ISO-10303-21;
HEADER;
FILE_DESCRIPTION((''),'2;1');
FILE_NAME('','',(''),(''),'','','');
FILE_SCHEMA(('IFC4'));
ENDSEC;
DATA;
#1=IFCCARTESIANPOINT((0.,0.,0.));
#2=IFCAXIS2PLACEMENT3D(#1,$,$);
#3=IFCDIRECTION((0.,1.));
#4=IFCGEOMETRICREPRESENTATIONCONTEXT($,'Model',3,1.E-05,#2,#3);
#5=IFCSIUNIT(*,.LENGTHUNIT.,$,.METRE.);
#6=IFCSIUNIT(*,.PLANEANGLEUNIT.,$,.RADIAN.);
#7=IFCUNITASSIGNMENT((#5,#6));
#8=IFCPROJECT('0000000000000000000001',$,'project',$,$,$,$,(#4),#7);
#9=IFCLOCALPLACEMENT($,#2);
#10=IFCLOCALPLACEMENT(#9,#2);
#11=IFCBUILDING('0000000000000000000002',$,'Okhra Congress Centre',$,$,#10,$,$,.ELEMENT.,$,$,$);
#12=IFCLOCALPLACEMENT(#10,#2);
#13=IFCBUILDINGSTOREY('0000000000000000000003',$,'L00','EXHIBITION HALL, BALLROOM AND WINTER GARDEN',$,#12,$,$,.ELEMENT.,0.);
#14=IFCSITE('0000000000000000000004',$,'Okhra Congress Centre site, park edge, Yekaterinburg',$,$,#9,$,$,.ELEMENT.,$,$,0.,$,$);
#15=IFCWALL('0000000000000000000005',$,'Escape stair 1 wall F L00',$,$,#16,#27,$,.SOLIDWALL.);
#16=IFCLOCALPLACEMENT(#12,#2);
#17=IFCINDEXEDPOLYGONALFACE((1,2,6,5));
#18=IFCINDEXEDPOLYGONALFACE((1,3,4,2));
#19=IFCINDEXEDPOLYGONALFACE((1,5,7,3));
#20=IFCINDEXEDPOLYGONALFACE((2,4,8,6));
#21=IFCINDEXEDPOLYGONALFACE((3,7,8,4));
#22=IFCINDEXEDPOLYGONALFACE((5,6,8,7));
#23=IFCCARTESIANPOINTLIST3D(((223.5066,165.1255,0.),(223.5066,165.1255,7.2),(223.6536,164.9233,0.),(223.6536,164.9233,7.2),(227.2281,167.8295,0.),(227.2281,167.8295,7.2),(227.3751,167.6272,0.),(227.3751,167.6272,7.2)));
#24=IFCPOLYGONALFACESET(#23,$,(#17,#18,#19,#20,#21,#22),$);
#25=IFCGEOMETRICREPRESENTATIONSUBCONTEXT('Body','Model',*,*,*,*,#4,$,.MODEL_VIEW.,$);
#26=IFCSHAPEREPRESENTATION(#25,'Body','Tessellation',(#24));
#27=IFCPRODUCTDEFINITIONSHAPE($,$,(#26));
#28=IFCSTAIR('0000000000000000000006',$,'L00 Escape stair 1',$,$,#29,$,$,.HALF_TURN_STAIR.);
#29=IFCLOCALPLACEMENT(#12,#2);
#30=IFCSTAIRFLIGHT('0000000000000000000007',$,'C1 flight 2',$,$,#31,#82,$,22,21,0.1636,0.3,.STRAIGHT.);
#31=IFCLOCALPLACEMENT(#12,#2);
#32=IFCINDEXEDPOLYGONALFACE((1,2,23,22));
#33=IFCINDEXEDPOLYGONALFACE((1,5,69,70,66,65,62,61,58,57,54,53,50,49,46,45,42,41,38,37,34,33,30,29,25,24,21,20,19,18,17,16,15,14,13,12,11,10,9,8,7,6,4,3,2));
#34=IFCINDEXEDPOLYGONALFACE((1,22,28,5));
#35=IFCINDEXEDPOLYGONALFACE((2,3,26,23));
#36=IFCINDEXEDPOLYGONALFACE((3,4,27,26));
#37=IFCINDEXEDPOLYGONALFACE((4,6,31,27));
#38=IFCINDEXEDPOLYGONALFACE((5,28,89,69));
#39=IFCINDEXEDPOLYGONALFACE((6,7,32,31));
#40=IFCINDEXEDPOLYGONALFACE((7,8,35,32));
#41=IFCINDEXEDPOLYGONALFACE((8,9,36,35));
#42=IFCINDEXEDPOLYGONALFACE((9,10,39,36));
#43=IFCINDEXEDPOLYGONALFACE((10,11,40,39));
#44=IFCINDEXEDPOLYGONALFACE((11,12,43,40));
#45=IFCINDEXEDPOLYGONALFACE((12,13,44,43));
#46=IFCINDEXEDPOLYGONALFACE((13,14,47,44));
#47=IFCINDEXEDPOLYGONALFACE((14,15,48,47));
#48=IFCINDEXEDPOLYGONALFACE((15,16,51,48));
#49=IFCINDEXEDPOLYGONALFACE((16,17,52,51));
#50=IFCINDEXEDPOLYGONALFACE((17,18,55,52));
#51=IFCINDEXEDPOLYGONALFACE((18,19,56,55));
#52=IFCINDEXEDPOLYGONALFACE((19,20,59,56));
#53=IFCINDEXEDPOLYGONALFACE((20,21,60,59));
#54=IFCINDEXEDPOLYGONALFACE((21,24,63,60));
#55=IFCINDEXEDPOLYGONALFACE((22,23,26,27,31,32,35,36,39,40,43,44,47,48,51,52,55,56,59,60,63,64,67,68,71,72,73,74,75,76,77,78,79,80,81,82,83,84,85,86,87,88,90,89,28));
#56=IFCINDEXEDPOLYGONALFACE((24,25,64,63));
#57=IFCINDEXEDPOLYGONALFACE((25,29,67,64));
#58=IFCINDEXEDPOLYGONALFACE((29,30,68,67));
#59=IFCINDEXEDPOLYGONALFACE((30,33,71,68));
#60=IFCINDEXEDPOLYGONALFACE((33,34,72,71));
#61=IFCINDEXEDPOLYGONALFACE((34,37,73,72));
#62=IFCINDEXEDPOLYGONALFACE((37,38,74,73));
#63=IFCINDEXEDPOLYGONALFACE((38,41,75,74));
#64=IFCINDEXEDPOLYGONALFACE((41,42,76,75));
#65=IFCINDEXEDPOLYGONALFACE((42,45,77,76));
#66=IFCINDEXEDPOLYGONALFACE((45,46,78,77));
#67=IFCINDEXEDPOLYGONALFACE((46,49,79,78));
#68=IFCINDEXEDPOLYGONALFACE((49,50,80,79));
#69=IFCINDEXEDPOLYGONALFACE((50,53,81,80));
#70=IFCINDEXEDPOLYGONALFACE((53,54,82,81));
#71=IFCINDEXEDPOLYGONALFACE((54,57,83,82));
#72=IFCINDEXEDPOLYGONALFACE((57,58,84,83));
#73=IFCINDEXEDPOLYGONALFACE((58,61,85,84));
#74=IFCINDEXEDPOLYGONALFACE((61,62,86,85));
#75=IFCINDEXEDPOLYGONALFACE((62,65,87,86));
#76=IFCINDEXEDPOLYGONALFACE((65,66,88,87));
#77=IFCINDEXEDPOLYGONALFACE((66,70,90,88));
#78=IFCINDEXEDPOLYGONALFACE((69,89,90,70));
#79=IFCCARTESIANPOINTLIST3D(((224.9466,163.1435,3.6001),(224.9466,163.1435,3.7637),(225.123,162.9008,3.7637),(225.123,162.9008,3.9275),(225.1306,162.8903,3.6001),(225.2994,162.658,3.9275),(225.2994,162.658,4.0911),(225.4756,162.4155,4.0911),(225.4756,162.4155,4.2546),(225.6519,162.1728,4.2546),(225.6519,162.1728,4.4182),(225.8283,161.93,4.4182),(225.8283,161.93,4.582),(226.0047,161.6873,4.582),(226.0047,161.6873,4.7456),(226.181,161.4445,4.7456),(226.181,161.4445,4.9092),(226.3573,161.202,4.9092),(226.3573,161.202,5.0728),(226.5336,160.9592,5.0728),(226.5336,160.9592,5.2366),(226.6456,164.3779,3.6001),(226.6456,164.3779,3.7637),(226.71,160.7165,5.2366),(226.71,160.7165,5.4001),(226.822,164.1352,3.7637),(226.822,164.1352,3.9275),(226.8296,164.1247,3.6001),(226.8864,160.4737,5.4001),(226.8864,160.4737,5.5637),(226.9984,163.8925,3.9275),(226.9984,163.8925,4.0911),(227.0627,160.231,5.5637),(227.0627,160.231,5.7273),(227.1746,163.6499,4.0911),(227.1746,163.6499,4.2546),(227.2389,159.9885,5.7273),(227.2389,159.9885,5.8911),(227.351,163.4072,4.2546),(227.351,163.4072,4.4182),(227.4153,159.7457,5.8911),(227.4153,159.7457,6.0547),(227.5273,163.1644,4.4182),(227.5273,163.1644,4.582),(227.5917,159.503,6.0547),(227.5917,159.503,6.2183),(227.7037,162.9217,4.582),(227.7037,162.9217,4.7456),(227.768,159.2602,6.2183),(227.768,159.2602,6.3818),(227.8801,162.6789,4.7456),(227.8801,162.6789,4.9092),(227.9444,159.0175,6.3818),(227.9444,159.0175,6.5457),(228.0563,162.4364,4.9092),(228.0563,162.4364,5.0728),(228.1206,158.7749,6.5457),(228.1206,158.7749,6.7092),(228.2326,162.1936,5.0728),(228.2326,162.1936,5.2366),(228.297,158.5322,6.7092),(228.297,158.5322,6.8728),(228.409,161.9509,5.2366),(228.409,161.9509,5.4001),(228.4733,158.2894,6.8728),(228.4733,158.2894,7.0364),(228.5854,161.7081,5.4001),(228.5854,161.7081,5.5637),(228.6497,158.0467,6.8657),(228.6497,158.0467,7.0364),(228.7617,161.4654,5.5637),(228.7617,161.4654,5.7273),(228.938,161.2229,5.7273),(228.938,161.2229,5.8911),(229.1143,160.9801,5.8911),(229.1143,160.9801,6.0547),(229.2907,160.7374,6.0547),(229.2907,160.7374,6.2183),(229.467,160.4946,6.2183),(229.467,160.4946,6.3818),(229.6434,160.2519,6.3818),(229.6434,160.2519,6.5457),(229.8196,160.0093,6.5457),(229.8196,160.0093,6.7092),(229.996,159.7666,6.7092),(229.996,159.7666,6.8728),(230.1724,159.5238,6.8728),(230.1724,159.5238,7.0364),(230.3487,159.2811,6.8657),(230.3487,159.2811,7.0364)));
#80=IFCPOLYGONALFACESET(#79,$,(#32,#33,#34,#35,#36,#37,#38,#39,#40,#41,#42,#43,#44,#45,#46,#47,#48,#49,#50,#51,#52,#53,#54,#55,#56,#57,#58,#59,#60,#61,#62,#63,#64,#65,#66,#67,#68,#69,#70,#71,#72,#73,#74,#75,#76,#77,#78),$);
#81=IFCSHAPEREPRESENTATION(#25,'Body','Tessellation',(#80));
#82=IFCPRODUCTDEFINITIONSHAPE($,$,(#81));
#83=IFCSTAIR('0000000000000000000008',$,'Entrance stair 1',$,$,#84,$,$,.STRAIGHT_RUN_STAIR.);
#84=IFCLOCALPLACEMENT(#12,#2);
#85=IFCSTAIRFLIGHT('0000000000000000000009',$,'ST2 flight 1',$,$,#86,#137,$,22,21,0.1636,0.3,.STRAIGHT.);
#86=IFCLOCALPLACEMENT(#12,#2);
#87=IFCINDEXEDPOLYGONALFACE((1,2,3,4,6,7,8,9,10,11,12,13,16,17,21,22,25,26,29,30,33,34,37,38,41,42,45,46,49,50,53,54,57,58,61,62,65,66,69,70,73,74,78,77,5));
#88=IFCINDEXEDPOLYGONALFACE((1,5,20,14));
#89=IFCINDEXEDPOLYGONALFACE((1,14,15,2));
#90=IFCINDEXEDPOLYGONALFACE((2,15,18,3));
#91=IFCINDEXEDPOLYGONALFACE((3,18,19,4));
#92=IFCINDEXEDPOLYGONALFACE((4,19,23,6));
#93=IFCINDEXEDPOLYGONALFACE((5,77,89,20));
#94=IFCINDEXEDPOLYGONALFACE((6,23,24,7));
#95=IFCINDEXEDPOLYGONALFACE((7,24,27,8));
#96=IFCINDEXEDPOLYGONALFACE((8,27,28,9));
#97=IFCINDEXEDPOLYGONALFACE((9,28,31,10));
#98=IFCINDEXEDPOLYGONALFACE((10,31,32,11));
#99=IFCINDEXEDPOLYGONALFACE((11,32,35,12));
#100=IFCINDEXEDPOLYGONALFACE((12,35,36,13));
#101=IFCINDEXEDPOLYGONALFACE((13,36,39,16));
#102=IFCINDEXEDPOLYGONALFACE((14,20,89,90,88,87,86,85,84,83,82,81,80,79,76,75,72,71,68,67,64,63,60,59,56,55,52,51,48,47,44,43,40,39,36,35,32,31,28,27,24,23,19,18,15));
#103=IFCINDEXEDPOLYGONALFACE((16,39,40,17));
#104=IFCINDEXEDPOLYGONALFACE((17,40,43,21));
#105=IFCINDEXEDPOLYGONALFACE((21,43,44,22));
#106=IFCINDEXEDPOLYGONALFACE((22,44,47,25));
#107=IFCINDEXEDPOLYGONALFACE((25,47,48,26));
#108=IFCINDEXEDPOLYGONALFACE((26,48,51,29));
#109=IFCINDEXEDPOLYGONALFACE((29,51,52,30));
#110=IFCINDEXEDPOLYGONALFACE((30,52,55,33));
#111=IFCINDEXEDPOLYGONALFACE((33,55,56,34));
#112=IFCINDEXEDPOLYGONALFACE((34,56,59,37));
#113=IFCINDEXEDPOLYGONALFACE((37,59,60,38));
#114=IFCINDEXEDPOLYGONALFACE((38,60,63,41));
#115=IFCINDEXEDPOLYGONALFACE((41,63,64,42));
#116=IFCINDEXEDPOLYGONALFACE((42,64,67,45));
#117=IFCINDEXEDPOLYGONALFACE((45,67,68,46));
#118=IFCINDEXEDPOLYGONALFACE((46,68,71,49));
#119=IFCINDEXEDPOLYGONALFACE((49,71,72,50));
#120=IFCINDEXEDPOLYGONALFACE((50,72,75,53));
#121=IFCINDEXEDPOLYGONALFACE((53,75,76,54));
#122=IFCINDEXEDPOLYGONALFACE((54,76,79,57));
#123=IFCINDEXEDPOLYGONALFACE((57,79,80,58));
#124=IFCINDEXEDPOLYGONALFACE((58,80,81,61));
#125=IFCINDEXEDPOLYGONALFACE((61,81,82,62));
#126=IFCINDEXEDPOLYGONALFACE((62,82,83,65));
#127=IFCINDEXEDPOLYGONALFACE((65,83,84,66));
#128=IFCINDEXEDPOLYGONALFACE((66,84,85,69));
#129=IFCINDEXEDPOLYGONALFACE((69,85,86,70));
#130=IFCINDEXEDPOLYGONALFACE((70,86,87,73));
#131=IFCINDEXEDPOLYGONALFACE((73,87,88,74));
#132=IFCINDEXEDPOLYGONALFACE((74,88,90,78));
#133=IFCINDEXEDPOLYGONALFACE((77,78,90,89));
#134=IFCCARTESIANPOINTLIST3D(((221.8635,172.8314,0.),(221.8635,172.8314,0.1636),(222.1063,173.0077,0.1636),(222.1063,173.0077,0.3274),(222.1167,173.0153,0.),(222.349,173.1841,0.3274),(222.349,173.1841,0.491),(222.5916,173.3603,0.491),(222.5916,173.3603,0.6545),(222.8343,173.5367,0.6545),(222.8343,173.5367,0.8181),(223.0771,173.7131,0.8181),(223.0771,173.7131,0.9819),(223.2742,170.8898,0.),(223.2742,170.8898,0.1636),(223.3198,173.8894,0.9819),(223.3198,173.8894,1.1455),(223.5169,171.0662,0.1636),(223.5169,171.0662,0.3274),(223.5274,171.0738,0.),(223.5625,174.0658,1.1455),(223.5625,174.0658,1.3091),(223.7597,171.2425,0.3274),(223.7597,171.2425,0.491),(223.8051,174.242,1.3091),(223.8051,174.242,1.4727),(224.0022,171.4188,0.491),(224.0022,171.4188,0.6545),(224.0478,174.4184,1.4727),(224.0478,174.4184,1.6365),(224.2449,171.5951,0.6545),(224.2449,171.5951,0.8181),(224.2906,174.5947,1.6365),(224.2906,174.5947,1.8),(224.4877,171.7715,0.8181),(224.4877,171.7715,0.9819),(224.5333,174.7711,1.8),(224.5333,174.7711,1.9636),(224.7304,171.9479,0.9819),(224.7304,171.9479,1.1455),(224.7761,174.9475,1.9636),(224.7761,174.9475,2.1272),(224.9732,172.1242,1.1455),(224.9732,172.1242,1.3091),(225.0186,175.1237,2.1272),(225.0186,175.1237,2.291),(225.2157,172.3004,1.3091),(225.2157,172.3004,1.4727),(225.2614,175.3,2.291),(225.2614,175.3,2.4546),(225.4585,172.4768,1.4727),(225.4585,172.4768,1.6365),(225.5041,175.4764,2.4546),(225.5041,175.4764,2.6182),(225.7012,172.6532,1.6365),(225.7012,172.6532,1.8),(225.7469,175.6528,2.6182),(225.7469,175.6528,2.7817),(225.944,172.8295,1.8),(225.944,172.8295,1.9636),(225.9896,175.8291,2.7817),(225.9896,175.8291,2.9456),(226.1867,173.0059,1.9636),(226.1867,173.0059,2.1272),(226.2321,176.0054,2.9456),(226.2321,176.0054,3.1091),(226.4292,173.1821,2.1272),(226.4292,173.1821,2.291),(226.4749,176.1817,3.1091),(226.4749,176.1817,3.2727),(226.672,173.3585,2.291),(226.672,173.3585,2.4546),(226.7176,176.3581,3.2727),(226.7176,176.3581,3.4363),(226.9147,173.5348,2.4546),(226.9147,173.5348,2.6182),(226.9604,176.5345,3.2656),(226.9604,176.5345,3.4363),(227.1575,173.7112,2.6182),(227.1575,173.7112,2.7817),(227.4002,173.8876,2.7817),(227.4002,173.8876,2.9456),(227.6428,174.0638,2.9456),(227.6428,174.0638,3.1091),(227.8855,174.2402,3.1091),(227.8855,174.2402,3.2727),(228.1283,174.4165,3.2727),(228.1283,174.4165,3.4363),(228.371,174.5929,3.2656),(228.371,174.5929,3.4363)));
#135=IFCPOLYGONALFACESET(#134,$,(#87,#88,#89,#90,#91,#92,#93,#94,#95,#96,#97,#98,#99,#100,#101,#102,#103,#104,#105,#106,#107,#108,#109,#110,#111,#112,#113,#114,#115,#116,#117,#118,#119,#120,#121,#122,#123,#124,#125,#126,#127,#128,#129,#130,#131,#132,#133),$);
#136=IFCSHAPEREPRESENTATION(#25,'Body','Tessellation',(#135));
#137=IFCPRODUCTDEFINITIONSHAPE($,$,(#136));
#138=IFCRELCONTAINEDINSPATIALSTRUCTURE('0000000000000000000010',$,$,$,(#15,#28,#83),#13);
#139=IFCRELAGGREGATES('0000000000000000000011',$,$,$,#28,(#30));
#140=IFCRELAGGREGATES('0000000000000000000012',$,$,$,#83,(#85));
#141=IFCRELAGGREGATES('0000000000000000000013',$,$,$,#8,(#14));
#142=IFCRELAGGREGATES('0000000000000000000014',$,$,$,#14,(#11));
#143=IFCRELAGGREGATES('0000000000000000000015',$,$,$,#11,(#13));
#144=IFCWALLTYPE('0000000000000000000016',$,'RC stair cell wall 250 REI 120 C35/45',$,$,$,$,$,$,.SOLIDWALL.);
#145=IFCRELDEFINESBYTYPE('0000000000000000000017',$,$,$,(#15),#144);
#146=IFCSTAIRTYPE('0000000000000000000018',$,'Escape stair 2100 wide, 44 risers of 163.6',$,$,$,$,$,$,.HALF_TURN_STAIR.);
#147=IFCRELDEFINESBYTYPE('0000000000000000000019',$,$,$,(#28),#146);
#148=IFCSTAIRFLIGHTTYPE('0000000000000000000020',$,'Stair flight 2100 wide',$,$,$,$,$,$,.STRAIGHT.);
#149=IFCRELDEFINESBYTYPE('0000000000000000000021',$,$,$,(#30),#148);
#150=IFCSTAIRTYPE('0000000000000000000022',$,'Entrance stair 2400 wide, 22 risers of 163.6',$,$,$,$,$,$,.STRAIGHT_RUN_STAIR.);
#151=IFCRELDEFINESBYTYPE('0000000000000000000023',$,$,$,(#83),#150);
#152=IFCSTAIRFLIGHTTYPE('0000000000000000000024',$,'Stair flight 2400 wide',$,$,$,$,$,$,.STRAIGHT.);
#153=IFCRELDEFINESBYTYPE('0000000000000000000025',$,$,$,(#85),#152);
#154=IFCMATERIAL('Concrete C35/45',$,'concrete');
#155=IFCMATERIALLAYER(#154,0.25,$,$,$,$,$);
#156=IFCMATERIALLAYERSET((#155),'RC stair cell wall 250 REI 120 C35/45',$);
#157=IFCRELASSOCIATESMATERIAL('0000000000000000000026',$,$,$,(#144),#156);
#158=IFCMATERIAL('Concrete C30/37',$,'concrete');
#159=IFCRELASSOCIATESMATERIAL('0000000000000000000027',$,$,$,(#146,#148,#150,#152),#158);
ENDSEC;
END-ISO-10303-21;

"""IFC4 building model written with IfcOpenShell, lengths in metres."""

from ifc_helpers import new_model, si_unit, direction, frame, frame_2d, origin, place, context, subcontext, project, spatial, polyline, rectangle, outline, extrude, material, layer, layer_set, type_object, element, aggregate, save


model = new_model("IFC4")

# Units and contexts
model_context = context("Model", 3, precision=1e-05, world=origin(), true_north=direction((0.0, 1.0)))
body_context = subcontext(model_context, "Body", "Model", "MODEL_VIEW")
ifc_project = project(units=[si_unit("LENGTHUNIT", "METRE"), si_unit("PLANEANGLEUNIT", "RADIAN")], contexts=[model_context])

# Site, building, storey
site_placement = place(None, origin())
site = spatial("IfcSite", under=ifc_project, at=site_placement, Name="Okhra Congress Centre site, park edge, Yekaterinburg", CompositionType="ELEMENT", RefElevation=0.0)
building_placement = place(site_placement, origin())
building = spatial("IfcBuilding", under=site, at=building_placement, Name="Okhra Congress Centre", CompositionType="ELEMENT")
storey_placement = place(building_placement, origin())
storey = spatial("IfcBuildingStorey", under=building, at=storey_placement, Name="L00", Description="EXHIBITION HALL, BALLROOM AND WINTER GARDEN", CompositionType="ELEMENT", Elevation=0.0)

# Shared definitions
ifc_material_1 = material(Name="Concrete C30/37", Category="concrete")

# Shared definitions
ifc_material_2 = material(Name="Concrete C35/45", Category="concrete")

# Wall
ifc_layer = layer(ifc_material_2, 0.25)
ifc_layer_set = layer_set([ifc_layer], Name="RC stair cell wall 250 REI 120 C35/45")
wall_type = type_object("IfcWallType", Name="RC stair cell wall 250 REI 120 C35/45", PredefinedType="SOLIDWALL", material=ifc_layer_set)
wall_placement = place(storey_placement, frame((223.5801, 165.0244, 0.0), z_axis=(0.0, 0.0, 1.0), x_axis=(0.809009, 0.587796, 0.0)))
element("IfcWall", 1, at=wall_placement, inside=storey, type_object=wall_type, Name="Escape stair 1 wall F L00", PredefinedType="SOLIDWALL", context=body_context, shape_type="SweptSolid", body=[
    extrude(rectangle(XDim=4.6001, YDim=0.25, at=frame_2d((2.3, 0.0))), origin(), (0.0, 0.0, 1.0), 7.2),
])

# Stairs, stair flights
stair_type_1 = type_object("IfcStairType", Name="Escape stair 2100 wide, 44 risers of 163.6", PredefinedType="HALF_TURN_STAIR", material=ifc_material_1)
stair_1_placement = place(storey_placement, origin())
stair_1 = element("IfcStair", 2, at=stair_1_placement, inside=storey, type_object=stair_type_1, Name="L00 Escape stair 1", PredefinedType="HALF_TURN_STAIR")
stair_flight_type_1 = type_object("IfcStairFlightType", Name="Stair flight 2100 wide", PredefinedType="STRAIGHT", material=ifc_material_1)
stair_flight_1_placement = place(storey_placement, frame((225.7961, 163.7607, 3.6001), z_axis=(0.0, 0.0, 1.0), x_axis=(0.587785, -0.809017, 0.0)))
stair_flight_1 = element("IfcStairFlight", 3, at=stair_flight_1_placement, type_object=stair_flight_type_1, Name="C1 flight 2", NumberOfRisers=22, NumberOfTreads=21, PredefinedType="STRAIGHT", RiserHeight=0.1636, TreadLength=0.3, context=body_context, shape_type="SweptSolid", body=[
    extrude(outline(polyline([(0.0, 0.0), (0.0, 0.1636), (0.3, 0.1636), (0.3, 0.3274), (0.6001, 0.3274), (0.6001, 0.491), (0.8999, 0.491), (0.8999, 0.6545), (1.2, 0.6545), (1.2, 0.8181), (1.5, 0.8181), (1.5, 0.9819), (1.8, 0.9819), (1.8, 1.1455), (2.1001, 1.1455), (2.1001, 1.3091), (2.3999, 1.3091), (2.3999, 1.4727), (2.7, 1.4727), (2.7, 1.6365), (3.0, 1.6365), (3.0, 1.8), (3.3, 1.8), (3.3, 1.9636), (3.6001, 1.9636), (3.6001, 2.1272), (3.8999, 2.1272), (3.8999, 2.291), (4.2, 2.291), (4.2, 2.4546), (4.5, 2.4546), (4.5, 2.6182), (4.8, 2.6182), (4.8, 2.7817), (5.1001, 2.7817), (5.1001, 2.9456), (5.3999, 2.9456), (5.3999, 3.1091), (5.7, 3.1091), (5.7, 3.2727), (6.0, 3.2727), (6.0, 3.4363), (6.3, 3.4363), (6.3, 3.6001), (6.3, 3.2656), (0.313, 0.0), (0.0, 0.0)])), frame((0.0, 1.05, 0.0), z_axis=(0.0, -1.0, 0.0), x_axis=(1.0, 0.0, 0.0)), (0.0, 0.0, 1.0), 2.1001),
])
aggregate(stair_1, [stair_flight_1])
stair_type_2 = type_object("IfcStairType", Name="Entrance stair 2400 wide, 22 risers of 163.6", PredefinedType="STRAIGHT_RUN_STAIR", material=ifc_material_1)
stair_2_placement = place(storey_placement, origin())
stair_2 = element("IfcStair", 4, at=stair_2_placement, inside=storey, type_object=stair_type_2, Name="Entrance stair 1", PredefinedType="STRAIGHT_RUN_STAIR")
stair_flight_type_2 = type_object("IfcStairFlightType", Name="Stair flight 2400 wide", PredefinedType="STRAIGHT", material=ifc_material_1)
stair_flight_2_placement = place(storey_placement, frame((222.5688, 171.8606, 0.0), z_axis=(0.0, 0.0, 1.0), x_axis=(0.809017, 0.587785, 0.0)))
stair_flight_2 = element("IfcStairFlight", 5, at=stair_flight_2_placement, type_object=stair_flight_type_2, Name="ST2 flight 1", NumberOfRisers=22, NumberOfTreads=21, PredefinedType="STRAIGHT", RiserHeight=0.1636, TreadLength=0.3, context=body_context, shape_type="SweptSolid", body=[
    extrude(outline(polyline([(0.0, 0.0), (0.0, 0.1636), (0.3, 0.1636), (0.3, 0.3274), (0.6001, 0.3274), (0.6001, 0.491), (0.8999, 0.491), (0.8999, 0.6545), (1.2, 0.6545), (1.2, 0.8181), (1.5, 0.8181), (1.5, 0.9819), (1.8, 0.9819), (1.8, 1.1455), (2.1001, 1.1455), (2.1001, 1.3091), (2.3999, 1.3091), (2.3999, 1.4727), (2.7, 1.4727), (2.7, 1.6365), (3.0, 1.6365), (3.0, 1.8), (3.3, 1.8), (3.3, 1.9636), (3.6001, 1.9636), (3.6001, 2.1272), (3.8999, 2.1272), (3.8999, 2.291), (4.2, 2.291), (4.2, 2.4546), (4.5, 2.4546), (4.5, 2.6182), (4.8, 2.6182), (4.8, 2.7817), (5.1001, 2.7817), (5.1001, 2.9456), (5.3999, 2.9456), (5.3999, 3.1091), (5.7, 3.1091), (5.7, 3.2727), (6.0, 3.2727), (6.0, 3.4363), (6.3, 3.4363), (6.3, 3.6001), (6.3, 3.2656), (0.313, 0.0), (0.0, 0.0)])), frame((0.0, 1.2, 0.0), z_axis=(0.0, -1.0, 0.0), x_axis=(1.0, 0.0, 0.0)), (0.0, 0.0, 1.0), 2.3999),
])
aggregate(stair_2, [stair_flight_2])

save(model, "model.ifc")
